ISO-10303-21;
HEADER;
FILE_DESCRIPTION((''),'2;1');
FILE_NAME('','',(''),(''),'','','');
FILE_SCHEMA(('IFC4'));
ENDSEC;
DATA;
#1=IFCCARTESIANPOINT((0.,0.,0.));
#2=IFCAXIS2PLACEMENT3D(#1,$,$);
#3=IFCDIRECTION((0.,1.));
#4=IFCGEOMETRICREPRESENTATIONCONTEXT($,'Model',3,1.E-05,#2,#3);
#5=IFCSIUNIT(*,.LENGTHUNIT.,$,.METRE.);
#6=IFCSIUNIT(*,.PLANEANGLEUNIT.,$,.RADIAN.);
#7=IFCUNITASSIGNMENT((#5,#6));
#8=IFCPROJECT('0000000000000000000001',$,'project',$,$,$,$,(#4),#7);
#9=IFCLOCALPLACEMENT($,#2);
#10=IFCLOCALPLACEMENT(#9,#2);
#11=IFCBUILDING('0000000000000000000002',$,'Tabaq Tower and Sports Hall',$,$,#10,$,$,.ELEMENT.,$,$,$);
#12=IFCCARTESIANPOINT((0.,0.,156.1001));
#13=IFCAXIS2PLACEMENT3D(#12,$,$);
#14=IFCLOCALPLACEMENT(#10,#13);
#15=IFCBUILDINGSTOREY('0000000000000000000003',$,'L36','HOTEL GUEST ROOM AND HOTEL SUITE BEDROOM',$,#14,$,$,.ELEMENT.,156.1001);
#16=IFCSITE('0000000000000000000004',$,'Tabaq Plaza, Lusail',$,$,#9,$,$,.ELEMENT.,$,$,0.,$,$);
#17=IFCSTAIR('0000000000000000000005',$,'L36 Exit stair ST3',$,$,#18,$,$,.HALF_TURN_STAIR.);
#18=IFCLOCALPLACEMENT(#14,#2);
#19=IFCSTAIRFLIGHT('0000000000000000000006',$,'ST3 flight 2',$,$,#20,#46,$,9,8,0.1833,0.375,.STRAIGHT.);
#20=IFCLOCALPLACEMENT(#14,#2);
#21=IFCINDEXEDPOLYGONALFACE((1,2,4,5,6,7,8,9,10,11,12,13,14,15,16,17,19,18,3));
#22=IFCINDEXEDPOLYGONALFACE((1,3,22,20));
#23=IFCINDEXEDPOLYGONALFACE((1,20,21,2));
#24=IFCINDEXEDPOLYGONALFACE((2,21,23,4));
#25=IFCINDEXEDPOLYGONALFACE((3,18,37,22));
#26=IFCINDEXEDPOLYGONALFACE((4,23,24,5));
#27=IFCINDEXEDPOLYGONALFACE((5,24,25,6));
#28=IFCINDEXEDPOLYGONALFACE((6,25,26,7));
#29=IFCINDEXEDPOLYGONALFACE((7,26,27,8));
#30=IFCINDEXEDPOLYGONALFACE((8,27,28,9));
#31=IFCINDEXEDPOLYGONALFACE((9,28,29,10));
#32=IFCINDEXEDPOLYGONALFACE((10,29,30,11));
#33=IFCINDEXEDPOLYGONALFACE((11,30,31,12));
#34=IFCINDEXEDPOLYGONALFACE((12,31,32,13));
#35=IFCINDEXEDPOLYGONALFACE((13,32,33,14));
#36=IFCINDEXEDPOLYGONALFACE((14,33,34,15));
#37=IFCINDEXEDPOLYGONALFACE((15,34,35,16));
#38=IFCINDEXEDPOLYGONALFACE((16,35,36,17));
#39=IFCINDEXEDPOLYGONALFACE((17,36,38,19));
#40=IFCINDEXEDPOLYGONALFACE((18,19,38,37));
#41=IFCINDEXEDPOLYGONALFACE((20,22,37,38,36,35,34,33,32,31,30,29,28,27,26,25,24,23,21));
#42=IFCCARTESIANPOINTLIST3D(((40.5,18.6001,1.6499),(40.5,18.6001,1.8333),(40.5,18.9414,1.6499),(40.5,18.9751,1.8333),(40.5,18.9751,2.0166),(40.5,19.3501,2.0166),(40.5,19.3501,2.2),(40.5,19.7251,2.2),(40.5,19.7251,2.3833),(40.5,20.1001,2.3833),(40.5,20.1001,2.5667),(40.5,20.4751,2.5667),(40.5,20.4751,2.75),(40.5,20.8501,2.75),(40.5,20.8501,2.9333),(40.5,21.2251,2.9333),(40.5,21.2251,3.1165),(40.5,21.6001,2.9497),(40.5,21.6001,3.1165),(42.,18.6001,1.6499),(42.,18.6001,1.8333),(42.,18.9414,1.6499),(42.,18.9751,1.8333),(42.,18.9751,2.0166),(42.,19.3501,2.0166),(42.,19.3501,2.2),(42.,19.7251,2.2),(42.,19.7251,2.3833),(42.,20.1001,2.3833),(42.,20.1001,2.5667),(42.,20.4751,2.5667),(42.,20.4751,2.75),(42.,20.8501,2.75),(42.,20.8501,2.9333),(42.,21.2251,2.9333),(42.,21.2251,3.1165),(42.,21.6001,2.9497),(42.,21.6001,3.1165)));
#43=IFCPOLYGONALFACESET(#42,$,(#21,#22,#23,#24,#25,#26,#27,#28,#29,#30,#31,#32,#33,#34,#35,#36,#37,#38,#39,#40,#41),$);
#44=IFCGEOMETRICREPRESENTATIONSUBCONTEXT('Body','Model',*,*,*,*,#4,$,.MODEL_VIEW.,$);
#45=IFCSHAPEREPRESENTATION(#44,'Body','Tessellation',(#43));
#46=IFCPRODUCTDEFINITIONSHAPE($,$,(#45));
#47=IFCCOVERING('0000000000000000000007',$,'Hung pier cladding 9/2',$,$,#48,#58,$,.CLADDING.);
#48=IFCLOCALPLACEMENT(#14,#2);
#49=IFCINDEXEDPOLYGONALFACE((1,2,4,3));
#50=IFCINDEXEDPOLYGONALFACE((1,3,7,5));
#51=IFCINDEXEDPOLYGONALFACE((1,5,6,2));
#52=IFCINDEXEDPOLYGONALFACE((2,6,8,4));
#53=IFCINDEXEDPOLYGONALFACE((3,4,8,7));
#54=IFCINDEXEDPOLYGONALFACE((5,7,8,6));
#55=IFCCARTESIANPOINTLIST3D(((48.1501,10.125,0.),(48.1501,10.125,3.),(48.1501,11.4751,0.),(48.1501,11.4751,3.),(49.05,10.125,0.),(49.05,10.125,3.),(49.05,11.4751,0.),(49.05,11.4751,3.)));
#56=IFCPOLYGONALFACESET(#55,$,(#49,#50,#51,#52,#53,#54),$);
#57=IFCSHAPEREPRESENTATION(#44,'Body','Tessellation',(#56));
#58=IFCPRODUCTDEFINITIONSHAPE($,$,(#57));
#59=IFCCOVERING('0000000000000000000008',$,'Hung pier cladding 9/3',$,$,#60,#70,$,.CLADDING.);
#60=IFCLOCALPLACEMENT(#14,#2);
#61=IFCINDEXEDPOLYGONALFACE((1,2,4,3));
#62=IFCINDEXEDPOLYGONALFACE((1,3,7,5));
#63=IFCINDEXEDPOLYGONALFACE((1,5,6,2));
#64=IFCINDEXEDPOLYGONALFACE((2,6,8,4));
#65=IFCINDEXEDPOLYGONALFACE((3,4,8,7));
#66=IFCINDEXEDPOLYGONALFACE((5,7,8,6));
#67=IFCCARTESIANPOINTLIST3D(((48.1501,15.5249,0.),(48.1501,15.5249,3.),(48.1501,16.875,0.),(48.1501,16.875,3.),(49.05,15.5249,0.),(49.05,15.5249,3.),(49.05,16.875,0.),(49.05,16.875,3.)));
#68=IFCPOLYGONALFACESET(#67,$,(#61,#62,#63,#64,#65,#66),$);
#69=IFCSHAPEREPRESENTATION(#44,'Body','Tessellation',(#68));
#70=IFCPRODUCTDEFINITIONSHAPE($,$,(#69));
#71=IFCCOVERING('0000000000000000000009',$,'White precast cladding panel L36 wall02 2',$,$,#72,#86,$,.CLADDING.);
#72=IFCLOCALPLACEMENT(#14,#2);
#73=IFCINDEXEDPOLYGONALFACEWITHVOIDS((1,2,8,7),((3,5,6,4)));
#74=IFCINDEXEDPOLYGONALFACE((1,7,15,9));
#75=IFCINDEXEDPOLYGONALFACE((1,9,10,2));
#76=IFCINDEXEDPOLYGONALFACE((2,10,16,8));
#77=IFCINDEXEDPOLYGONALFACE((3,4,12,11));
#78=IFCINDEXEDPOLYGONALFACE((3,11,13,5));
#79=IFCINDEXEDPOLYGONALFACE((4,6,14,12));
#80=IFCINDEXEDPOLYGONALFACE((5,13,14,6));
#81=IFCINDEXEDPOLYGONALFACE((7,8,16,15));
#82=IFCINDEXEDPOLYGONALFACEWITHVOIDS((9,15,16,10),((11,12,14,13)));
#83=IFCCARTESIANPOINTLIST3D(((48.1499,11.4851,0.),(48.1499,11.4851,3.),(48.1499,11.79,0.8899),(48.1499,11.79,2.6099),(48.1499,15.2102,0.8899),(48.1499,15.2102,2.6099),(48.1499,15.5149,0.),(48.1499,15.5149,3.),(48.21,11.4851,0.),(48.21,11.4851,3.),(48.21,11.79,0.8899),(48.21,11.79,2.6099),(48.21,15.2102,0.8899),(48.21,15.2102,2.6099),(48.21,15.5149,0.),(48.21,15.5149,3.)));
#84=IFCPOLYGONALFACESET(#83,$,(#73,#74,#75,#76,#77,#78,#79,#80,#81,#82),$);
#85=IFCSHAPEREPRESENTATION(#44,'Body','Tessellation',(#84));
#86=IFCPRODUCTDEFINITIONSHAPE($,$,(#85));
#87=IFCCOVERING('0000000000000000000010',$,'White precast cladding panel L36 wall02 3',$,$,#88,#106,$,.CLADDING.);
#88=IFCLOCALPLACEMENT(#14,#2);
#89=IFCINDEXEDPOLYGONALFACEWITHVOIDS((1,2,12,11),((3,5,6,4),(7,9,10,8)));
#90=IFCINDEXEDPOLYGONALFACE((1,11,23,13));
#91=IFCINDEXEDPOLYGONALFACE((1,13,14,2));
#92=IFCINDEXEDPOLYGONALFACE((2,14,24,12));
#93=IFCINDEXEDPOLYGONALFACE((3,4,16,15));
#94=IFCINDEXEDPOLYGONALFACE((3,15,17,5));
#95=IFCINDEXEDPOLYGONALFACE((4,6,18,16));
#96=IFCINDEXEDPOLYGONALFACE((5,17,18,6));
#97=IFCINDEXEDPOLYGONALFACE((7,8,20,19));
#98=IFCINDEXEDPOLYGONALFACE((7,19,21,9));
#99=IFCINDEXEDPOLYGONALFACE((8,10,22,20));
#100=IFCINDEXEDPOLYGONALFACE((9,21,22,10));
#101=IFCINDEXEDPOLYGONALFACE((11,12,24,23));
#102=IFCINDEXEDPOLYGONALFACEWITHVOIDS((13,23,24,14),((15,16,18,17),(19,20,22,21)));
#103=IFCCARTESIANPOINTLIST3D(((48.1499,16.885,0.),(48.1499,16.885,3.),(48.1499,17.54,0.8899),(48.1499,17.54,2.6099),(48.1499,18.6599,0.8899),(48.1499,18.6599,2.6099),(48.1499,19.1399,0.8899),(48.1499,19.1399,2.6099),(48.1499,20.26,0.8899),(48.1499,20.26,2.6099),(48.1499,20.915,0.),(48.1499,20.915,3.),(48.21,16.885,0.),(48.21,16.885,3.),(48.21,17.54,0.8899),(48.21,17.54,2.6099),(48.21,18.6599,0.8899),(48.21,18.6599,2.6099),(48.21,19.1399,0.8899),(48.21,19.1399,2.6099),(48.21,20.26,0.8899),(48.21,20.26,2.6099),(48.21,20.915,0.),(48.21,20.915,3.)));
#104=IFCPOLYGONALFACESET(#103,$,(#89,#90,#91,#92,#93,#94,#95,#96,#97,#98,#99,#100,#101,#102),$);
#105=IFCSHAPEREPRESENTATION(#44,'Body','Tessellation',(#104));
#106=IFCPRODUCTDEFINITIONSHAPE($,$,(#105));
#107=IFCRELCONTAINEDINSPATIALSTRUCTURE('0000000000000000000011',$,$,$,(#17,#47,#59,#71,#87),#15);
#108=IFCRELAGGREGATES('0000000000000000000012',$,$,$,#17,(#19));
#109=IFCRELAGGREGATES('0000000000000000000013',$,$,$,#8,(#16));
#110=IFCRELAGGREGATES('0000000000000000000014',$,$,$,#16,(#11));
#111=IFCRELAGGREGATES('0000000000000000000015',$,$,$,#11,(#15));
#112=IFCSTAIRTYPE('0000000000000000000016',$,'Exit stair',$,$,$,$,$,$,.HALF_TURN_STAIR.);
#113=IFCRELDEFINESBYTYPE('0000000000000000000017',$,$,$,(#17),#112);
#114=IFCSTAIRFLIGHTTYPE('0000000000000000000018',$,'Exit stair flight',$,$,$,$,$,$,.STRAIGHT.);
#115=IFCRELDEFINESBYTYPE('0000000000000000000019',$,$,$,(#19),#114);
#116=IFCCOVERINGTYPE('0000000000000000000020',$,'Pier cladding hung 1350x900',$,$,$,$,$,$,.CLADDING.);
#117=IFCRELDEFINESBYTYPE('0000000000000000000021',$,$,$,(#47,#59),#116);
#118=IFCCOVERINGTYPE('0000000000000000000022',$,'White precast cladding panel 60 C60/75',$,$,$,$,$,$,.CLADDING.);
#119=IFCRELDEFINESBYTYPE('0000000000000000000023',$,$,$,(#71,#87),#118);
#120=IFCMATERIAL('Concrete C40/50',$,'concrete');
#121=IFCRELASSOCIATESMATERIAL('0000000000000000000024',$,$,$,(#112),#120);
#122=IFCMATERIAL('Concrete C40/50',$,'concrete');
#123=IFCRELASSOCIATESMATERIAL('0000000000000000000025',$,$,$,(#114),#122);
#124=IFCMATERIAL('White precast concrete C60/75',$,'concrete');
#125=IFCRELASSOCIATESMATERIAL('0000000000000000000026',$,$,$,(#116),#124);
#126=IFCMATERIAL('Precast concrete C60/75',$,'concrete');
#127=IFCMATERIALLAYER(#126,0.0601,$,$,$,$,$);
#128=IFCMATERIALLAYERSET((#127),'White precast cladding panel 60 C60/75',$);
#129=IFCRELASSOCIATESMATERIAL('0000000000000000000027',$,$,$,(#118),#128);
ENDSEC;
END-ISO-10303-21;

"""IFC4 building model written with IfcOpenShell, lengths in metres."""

from ifc_helpers import new_model, si_unit, direction, frame, frame_2d, origin, place, context, subcontext, project, spatial, polyline, rectangle, outline, extrude, material, layer, layer_set, type_object, element, aggregate, save


model = new_model("IFC4")

# Units and contexts
model_context = context("Model", 3, precision=1e-05, world=origin(), true_north=direction((0.0, 1.0)))
body_context = subcontext(model_context, "Body", "Model", "MODEL_VIEW")
ifc_project = project(units=[si_unit("LENGTHUNIT", "METRE"), si_unit("PLANEANGLEUNIT", "RADIAN")], contexts=[model_context])

# Site, building, storey
site_placement = place(None, origin())
site = spatial("IfcSite", under=ifc_project, at=site_placement, Name="Tabaq Plaza, Lusail", CompositionType="ELEMENT", RefElevation=0.0)
building_placement = place(site_placement, origin())
building = spatial("IfcBuilding", under=site, at=building_placement, Name="Tabaq Tower and Sports Hall", CompositionType="ELEMENT")
storey_placement = place(building_placement, frame((0.0, 0.0, 156.1001)))
storey = spatial("IfcBuildingStorey", under=building, at=storey_placement, Name="L36", Description="HOTEL GUEST ROOM AND HOTEL SUITE BEDROOM", CompositionType="ELEMENT", Elevation=156.1001)

# Stair, stair flight
ifc_material_1 = material(Name="Concrete C40/50", Category="concrete")
stair_type = type_object("IfcStairType", Name="Exit stair", PredefinedType="HALF_TURN_STAIR", material=ifc_material_1)
stair_placement = place(storey_placement, origin())
stair = element("IfcStair", 1, at=stair_placement, inside=storey, type_object=stair_type, Name="L36 Exit stair ST3", PredefinedType="HALF_TURN_STAIR")
ifc_material_2 = material(Name="Concrete C40/50", Category="concrete")
stair_flight_type = type_object("IfcStairFlightType", Name="Exit stair flight", PredefinedType="STRAIGHT", material=ifc_material_2)
stair_flight_placement = place(storey_placement, frame((41.25, 18.6001, 1.6499), z_axis=(0.0, 0.0, 1.0), x_axis=(0.0, 1.0, 0.0)))
stair_flight = element("IfcStairFlight", 2, at=stair_flight_placement, type_object=stair_flight_type, Name="ST3 flight 2", NumberOfRisers=9, NumberOfTreads=8, PredefinedType="STRAIGHT", RiserHeight=0.1833, TreadLength=0.375, context=body_context, shape_type="SweptSolid", body=[
    extrude(outline(polyline([(0.0, 0.0), (0.0, 0.1833), (0.375, 0.1833), (0.375, 0.3667), (0.75, 0.3667), (0.75, 0.55), (1.125, 0.55), (1.125, 0.7334), (1.5, 0.7334), (1.5, 0.9167), (1.875, 0.9167), (1.875, 1.1001), (2.25, 1.1001), (2.25, 1.2834), (2.625, 1.2834), (2.625, 1.4666), (3.0, 1.4666), (3.0, 1.6499), (3.0, 1.2998), (0.3413, 0.0), (0.0, 0.0)])), frame((0.0, 0.75, 0.0), z_axis=(0.0, -1.0, 0.0), x_axis=(1.0, 0.0, 0.0)), (0.0, 0.0, 1.0), 1.5),
])
aggregate(stair, [stair_flight])

# Coverings
ifc_material_3 = material(Name="White precast concrete C60/75", Category="concrete")
covering_type_1 = type_object("IfcCoveringType", Name="Pier cladding hung 1350x900", PredefinedType="CLADDING", material=ifc_material_3)
for number, where, z_axis, x_axis, name in (
    (3, (48.6001, 10.125, 0.0), (0.0, 0.0, 1.0), (0.0, 1.0, 0.0), "Hung pier cladding 9/2"),
    (4, (48.6001, 15.5249, 0.0), (0.0, 0.0, 1.0), (0.0, 1.0, 0.0), "Hung pier cladding 9/3"),
):
    element("IfcCovering", number, at=place(storey_placement, frame(where, z_axis=z_axis, x_axis=x_axis)), inside=storey, type_object=covering_type_1, Name=name, PredefinedType="CLADDING", context=body_context, shape_type="SweptSolid", body=[
        extrude(rectangle(XDim=1.3501, YDim=0.8999, at=frame_2d((0.675, 0.0))), origin(), (0.0, 0.0, 1.0), 3.0),
    ])
ifc_material_4 = material(Name="Precast concrete C60/75", Category="concrete")
ifc_layer_1 = layer(ifc_material_4, 0.0601)
ifc_layer_set_1 = layer_set([ifc_layer_1], Name="White precast cladding panel 60 C60/75")
covering_type_2 = type_object("IfcCoveringType", Name="White precast cladding panel 60 C60/75", PredefinedType="CLADDING", material=ifc_layer_set_1)
covering_1_placement = place(storey_placement, frame((48.1799, 11.4851, 0.0), z_axis=(0.0, 0.0, 1.0), x_axis=(0.0, 1.0, 0.0)))
element("IfcCovering", 5, at=covering_1_placement, inside=storey, type_object=covering_type_2, Name="White precast cladding panel L36 wall02 2", PredefinedType="CLADDING", context=body_context, shape_type="SweptSolid", body=[
    extrude(outline(polyline([(0.0, 0.0), (4.0298, 0.0), (4.0298, 3.0), (0.0, 3.0), (0.0, 0.0)]), holes=[polyline([(0.3049, 0.8899), (0.3049, 2.6099), (3.7251, 2.6099), (3.7251, 0.8899), (0.3049, 0.8899)])]), frame((0.0, 0.03, 0.0), z_axis=(0.0, -1.0, 0.0), x_axis=(1.0, 0.0, 0.0)), (0.0, 0.0, 1.0), 0.0601),
])
covering_2_placement = place(storey_placement, frame((48.1799, 16.885, 0.0), z_axis=(0.0, 0.0, 1.0), x_axis=(0.0, 1.0, 0.0)))
element("IfcCovering", 6, at=covering_2_placement, inside=storey, type_object=covering_type_2, Name="White precast cladding panel L36 wall02 3", PredefinedType="CLADDING", context=body_context, shape_type="SweptSolid", body=[
    extrude(outline(polyline([(0.0, 0.0), (4.03, 0.0), (4.03, 3.0), (0.0, 3.0), (0.0, 0.0)]), holes=[polyline([(0.655, 2.6099), (1.7749, 2.6099), (1.7749, 0.8899), (0.655, 0.8899), (0.655, 2.6099)]), polyline([(2.2549, 2.6099), (3.375, 2.6099), (3.375, 0.8899), (2.2549, 0.8899), (2.2549, 2.6099)])]), frame((0.0, 0.03, 0.0), z_axis=(0.0, -1.0, 0.0), x_axis=(1.0, 0.0, 0.0)), (0.0, 0.0, 1.0), 0.0601),
])

save(model, "model.ifc")
